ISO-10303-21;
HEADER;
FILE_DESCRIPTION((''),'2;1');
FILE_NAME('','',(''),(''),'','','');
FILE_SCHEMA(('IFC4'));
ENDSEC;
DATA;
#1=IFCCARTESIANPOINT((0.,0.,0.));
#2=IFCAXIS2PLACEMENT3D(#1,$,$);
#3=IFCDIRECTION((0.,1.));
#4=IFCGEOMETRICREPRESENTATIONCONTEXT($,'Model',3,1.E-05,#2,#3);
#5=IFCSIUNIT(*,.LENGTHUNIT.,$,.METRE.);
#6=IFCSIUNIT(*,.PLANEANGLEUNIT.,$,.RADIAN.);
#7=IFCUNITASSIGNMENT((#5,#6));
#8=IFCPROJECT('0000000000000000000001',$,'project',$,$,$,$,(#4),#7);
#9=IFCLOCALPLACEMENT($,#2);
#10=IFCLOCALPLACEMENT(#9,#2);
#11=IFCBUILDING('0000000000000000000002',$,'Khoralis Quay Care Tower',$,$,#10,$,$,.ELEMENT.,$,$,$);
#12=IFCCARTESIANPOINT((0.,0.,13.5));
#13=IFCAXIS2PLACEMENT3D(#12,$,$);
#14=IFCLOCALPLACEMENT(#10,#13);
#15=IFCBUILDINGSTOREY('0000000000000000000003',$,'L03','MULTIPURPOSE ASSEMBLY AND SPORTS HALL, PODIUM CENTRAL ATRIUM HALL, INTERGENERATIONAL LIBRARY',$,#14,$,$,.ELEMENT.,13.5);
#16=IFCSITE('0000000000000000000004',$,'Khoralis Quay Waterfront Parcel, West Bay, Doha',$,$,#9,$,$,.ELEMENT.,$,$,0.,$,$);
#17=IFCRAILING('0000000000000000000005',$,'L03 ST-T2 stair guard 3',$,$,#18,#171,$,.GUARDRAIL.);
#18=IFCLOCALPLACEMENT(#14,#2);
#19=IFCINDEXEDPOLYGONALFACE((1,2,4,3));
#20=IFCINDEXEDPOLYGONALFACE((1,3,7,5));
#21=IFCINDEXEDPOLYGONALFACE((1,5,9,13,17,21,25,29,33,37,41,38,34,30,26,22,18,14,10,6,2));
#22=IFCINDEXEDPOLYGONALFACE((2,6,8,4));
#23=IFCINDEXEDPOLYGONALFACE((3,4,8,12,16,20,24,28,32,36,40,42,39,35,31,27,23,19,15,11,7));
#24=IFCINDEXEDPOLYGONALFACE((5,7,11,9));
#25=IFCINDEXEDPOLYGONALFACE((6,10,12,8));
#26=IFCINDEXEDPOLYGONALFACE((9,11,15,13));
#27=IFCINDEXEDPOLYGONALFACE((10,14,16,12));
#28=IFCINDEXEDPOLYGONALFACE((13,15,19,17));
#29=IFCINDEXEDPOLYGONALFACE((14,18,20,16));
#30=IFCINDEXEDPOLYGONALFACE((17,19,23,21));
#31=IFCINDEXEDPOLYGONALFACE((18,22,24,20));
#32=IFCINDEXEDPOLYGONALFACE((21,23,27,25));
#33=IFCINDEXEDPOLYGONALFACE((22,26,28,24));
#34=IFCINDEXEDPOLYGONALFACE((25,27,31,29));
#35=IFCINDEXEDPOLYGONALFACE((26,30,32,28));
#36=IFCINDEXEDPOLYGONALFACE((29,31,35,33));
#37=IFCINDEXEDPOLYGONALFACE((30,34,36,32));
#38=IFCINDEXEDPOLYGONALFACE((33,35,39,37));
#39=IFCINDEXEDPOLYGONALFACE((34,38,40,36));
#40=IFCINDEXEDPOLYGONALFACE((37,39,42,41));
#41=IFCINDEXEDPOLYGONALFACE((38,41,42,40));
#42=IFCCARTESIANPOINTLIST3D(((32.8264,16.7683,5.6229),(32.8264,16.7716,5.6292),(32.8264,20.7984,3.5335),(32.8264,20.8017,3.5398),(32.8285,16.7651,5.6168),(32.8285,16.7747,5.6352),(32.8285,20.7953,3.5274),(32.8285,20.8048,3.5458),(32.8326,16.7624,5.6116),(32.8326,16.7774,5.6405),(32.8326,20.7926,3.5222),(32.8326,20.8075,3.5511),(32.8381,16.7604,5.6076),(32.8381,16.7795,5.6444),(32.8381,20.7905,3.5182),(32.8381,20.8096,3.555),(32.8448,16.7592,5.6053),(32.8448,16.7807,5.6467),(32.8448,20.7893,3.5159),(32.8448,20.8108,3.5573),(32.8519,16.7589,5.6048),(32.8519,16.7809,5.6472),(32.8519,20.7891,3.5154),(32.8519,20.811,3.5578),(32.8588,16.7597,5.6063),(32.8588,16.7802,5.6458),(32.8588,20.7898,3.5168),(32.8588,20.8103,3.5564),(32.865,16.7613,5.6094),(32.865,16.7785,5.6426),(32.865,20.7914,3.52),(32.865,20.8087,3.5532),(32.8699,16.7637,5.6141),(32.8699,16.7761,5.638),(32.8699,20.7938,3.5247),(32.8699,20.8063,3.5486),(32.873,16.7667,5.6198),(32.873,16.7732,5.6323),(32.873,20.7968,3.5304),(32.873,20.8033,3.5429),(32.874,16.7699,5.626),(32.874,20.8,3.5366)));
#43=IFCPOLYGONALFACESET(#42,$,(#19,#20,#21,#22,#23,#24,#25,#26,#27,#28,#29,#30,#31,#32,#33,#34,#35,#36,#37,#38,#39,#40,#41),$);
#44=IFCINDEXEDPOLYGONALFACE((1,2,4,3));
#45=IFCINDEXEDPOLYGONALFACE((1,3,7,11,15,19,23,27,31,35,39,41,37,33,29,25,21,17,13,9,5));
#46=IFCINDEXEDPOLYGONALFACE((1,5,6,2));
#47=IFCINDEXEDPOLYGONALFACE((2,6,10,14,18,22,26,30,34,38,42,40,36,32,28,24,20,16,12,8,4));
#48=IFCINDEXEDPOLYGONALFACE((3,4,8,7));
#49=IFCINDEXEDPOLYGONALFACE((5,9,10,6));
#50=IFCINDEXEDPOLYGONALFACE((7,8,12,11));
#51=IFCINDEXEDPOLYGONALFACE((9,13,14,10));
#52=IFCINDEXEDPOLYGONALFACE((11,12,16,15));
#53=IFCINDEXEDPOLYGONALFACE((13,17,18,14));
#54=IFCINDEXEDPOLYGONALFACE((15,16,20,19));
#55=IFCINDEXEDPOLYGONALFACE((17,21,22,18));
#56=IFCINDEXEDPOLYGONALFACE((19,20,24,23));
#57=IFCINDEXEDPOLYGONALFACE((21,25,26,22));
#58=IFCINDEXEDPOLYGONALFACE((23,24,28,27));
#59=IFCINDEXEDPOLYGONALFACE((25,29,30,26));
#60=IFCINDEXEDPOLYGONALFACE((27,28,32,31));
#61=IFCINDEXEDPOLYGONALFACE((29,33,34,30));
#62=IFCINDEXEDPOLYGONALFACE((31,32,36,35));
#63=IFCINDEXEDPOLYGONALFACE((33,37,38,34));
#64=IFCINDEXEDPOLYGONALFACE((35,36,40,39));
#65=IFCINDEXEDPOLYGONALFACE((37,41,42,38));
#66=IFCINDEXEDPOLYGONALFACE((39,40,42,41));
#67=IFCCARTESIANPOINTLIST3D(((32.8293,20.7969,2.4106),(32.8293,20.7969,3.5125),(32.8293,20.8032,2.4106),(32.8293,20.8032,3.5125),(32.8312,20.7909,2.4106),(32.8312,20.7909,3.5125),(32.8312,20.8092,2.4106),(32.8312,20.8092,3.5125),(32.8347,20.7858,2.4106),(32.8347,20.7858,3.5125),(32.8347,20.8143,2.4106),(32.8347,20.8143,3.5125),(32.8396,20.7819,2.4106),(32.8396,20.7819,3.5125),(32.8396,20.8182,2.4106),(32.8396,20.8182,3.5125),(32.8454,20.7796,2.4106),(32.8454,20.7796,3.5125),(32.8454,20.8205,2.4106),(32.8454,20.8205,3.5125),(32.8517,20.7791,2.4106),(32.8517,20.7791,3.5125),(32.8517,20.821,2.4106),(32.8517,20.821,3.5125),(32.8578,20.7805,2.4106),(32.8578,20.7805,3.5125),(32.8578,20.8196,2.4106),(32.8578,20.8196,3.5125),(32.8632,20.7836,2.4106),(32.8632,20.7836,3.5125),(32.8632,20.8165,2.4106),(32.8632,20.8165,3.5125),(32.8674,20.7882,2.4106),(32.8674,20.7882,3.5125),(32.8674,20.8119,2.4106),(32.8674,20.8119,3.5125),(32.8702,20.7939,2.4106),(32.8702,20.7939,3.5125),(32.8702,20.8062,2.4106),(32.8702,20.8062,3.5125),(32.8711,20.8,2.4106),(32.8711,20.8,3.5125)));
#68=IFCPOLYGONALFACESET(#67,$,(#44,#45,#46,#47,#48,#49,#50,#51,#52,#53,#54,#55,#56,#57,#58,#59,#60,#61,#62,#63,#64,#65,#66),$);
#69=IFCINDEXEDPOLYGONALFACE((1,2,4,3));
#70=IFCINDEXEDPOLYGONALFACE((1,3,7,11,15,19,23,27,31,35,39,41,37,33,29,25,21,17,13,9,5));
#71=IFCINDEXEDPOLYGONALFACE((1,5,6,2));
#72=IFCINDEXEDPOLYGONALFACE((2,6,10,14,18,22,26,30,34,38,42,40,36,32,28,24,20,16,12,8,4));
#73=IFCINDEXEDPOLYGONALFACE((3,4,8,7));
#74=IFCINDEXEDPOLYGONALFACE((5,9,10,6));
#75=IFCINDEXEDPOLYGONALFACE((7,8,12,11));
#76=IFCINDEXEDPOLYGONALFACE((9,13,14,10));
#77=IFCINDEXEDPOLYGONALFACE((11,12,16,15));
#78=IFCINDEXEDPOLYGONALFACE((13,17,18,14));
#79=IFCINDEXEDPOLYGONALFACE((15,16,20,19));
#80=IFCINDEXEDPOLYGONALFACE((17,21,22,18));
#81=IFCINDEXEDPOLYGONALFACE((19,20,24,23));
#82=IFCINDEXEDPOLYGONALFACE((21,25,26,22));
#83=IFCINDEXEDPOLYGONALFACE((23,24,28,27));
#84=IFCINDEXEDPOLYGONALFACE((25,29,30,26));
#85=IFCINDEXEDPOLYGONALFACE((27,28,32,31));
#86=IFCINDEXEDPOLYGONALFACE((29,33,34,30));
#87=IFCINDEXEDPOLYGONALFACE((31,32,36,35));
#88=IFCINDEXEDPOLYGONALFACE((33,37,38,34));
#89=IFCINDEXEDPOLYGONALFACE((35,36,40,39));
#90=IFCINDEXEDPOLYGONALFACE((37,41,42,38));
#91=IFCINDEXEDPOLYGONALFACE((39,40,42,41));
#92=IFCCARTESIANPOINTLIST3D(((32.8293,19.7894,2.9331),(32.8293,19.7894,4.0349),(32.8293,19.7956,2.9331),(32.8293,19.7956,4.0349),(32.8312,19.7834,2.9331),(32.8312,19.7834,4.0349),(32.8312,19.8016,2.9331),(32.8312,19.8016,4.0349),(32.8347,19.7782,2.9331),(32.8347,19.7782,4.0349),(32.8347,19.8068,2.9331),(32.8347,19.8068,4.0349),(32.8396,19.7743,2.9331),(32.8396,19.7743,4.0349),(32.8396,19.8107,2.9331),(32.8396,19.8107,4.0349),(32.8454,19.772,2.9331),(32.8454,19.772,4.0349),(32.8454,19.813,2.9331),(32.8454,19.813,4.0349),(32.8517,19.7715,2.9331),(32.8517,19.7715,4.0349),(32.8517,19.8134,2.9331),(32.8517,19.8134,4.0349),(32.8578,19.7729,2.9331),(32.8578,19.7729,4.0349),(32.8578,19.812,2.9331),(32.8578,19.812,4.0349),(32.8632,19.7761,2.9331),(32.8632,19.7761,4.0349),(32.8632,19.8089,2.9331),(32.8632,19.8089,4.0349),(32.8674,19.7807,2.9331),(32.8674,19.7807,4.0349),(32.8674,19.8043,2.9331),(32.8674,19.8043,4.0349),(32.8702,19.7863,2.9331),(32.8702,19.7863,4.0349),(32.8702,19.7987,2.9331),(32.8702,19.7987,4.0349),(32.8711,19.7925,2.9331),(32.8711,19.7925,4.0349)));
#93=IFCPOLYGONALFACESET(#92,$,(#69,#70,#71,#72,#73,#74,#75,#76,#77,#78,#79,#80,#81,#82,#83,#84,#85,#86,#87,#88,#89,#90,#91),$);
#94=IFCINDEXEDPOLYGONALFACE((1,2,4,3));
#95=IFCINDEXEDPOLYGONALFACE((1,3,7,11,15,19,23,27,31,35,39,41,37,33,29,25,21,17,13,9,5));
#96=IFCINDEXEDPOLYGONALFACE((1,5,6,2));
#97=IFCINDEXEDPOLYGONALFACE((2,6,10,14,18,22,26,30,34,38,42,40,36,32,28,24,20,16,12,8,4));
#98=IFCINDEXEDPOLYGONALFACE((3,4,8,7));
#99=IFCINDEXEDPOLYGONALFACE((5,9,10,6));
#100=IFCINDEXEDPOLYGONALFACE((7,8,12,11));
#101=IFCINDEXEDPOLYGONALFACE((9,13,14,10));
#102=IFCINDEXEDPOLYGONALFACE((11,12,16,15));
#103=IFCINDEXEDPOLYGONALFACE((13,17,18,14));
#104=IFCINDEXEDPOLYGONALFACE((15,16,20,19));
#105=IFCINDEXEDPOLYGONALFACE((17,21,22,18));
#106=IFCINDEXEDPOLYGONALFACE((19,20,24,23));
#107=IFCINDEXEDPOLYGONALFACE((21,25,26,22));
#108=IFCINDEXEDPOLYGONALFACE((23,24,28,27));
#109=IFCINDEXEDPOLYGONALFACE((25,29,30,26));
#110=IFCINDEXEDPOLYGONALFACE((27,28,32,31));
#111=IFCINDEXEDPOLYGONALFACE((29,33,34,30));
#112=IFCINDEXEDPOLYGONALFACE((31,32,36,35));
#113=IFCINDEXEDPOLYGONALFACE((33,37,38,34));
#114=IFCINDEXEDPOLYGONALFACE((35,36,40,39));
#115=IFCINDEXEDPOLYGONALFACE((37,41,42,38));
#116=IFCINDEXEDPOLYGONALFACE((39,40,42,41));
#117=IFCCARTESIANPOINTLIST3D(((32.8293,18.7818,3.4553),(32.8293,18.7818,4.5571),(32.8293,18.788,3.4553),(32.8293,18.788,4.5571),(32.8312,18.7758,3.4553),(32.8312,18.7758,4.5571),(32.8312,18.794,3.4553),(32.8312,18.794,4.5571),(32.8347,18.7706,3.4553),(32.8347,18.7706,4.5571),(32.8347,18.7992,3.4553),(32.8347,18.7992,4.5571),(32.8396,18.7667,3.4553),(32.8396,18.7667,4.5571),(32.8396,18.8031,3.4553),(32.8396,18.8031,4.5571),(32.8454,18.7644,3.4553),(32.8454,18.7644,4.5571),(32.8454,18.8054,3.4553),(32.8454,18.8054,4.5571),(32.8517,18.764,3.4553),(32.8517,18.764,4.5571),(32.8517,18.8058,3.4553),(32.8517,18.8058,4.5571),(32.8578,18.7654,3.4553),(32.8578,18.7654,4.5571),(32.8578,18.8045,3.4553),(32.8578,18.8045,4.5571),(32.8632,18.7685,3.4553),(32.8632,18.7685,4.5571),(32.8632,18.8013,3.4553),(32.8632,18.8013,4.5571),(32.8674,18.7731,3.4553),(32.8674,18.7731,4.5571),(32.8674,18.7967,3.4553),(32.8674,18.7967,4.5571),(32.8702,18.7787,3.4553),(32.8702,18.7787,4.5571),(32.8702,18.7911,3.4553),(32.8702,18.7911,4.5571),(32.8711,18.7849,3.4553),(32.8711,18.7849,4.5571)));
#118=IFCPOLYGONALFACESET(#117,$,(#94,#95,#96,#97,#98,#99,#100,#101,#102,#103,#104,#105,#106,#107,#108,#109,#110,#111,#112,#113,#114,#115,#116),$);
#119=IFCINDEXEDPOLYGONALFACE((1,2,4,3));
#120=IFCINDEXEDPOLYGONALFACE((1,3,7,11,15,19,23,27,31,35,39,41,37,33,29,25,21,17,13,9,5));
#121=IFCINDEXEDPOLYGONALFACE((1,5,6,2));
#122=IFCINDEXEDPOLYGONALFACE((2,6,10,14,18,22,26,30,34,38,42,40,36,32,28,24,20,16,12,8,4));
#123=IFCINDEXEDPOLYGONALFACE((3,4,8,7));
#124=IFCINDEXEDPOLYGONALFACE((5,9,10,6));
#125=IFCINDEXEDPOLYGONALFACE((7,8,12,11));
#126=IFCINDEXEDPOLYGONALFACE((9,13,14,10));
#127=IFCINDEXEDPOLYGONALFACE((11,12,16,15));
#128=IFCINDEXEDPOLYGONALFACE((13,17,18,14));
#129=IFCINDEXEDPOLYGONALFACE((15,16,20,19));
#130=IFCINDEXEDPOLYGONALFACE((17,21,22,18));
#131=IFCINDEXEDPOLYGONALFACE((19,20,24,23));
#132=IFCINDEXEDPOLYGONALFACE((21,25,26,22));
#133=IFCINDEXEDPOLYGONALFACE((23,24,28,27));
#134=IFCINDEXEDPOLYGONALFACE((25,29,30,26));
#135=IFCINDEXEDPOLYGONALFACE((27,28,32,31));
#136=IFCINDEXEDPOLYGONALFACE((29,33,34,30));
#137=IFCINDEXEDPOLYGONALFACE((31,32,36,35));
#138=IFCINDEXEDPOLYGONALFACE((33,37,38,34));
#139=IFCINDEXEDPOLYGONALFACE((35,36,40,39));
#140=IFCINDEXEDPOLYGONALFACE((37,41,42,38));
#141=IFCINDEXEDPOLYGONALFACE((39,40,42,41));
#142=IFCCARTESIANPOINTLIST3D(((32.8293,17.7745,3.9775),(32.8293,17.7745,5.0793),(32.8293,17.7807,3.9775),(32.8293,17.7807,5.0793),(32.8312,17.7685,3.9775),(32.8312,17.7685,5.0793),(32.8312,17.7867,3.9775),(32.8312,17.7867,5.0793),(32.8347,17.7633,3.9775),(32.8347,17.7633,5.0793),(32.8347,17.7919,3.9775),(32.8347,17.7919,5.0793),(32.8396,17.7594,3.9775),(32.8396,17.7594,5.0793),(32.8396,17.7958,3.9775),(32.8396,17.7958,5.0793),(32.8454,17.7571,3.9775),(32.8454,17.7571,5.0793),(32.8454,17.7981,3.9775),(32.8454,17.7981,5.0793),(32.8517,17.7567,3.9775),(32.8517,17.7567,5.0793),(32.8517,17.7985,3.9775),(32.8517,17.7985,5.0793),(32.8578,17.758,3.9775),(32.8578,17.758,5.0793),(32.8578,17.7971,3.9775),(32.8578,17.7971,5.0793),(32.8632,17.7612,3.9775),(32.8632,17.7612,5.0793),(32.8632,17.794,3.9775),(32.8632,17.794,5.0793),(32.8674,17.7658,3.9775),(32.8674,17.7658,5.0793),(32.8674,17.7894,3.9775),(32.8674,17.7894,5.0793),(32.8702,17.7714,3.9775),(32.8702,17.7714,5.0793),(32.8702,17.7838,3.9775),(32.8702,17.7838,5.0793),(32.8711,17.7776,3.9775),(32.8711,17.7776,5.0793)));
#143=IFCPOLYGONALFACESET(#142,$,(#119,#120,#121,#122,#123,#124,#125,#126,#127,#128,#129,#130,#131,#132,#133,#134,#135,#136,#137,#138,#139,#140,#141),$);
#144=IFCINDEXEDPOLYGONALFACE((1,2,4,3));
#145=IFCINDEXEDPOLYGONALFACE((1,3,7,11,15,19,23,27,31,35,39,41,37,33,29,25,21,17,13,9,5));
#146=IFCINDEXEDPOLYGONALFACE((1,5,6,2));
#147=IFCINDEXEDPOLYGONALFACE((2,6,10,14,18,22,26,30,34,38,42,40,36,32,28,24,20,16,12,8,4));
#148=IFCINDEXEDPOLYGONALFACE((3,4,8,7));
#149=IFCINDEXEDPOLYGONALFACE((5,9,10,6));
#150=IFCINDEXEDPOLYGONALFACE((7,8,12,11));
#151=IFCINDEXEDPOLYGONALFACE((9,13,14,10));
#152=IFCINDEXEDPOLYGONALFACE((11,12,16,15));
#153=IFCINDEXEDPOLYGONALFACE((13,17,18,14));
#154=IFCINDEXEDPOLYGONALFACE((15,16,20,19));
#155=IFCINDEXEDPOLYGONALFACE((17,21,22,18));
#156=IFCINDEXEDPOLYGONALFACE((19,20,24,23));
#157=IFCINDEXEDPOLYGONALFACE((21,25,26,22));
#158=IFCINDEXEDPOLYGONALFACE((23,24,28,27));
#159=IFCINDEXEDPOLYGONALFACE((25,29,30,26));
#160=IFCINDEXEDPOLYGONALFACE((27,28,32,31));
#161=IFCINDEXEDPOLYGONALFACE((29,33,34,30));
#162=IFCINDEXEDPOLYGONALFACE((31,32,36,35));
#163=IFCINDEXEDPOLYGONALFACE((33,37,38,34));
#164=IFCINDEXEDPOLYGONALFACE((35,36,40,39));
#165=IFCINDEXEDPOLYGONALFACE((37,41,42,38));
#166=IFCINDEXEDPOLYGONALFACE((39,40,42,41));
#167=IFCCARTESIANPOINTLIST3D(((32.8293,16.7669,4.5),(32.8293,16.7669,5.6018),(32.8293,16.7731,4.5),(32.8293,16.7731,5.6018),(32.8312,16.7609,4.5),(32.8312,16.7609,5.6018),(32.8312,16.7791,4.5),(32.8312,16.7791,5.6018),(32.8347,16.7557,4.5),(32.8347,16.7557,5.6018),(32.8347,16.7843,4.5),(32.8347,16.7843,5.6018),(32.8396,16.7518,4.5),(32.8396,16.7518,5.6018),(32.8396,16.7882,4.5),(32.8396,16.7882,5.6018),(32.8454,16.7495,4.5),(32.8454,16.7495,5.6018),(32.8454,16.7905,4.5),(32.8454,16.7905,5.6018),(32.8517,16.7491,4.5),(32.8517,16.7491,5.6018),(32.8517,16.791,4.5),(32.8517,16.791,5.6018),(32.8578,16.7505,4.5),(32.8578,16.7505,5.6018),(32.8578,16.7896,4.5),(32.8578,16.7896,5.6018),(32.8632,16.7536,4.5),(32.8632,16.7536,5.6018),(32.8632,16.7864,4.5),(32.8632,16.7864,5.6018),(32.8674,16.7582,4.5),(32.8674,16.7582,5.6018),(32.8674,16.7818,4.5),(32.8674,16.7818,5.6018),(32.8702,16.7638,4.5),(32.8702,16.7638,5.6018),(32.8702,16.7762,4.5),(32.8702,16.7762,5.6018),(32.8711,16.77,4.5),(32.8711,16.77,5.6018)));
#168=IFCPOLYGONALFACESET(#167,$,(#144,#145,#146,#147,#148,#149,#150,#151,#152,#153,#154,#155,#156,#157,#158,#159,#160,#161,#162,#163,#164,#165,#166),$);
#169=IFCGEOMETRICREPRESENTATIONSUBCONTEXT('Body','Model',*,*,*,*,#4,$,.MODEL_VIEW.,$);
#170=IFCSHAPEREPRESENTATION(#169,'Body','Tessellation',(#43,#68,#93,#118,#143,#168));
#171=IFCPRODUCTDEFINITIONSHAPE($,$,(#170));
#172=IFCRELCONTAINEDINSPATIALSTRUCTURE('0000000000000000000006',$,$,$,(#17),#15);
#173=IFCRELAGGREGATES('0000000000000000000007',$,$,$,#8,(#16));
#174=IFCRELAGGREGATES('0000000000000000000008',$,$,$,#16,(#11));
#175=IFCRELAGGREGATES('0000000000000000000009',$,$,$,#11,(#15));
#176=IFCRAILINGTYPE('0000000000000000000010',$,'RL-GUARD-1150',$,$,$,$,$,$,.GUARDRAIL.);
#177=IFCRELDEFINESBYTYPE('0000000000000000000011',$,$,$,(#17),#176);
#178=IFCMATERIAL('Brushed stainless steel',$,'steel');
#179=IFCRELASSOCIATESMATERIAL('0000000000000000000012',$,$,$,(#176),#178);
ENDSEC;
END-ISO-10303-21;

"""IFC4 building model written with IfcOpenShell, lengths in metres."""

from ifc_helpers import new_model, si_unit, direction, frame, origin, origin_2d, place, context, subcontext, project, spatial, circle, extrude, material, type_object, element, save


model = new_model("IFC4")

# Units and contexts
model_context = context("Model", 3, precision=1e-05, world=origin(), true_north=direction((0.0, 1.0)))
body_context = subcontext(model_context, "Body", "Model", "MODEL_VIEW")
ifc_project = project(units=[si_unit("LENGTHUNIT", "METRE"), si_unit("PLANEANGLEUNIT", "RADIAN")], contexts=[model_context])

# Site, building, storey
site_placement = place(None, origin())
site = spatial("IfcSite", under=ifc_project, at=site_placement, Name="Khoralis Quay Waterfront Parcel, West Bay, Doha", CompositionType="ELEMENT", RefElevation=0.0)
building_placement = place(site_placement, origin())
building = spatial("IfcBuilding", under=site, at=building_placement, Name="Khoralis Quay Care Tower", CompositionType="ELEMENT")
storey_placement = place(building_placement, frame((0.0, 0.0, 13.5)))
storey = spatial("IfcBuildingStorey", under=building, at=storey_placement, Name="L03", Description="MULTIPURPOSE ASSEMBLY AND SPORTS HALL, PODIUM CENTRAL ATRIUM HALL, INTERGENERATIONAL LIBRARY", CompositionType="ELEMENT", Elevation=13.5)

# Shared definitions
ifc_material_1 = material(Name="Brushed stainless steel", Category="steel")

# Railing
railing_type_1 = type_object("IfcRailingType", Name="RL-GUARD-1150", PredefinedType="GUARDRAIL", material=ifc_material_1)
railing_1_placement = place(storey_placement, frame((32.8501, 20.8, 2.4106)))
element("IfcRailing", 1, at=railing_1_placement, inside=storey, type_object=railing_type_1, Name="L03 ST-T2 stair guard 3", PredefinedType="GUARDRAIL", context=body_context, shape_type="SweptSolid", body=[
    extrude(circle(Radius=0.0239, at=origin_2d()), frame((0.0, 0.0, 1.126), z_axis=(0.0, -0.887781, 0.460267), x_axis=(1.0, 0.0, 0.0)), (0.0, 0.0, 1.0), 4.5396),
    extrude(circle(Radius=0.021, at=origin_2d()), origin(), (0.0, 0.0, 1.0), 1.1018),
    extrude(circle(Radius=0.021, at=origin_2d()), frame((0.0, -1.0076, 0.5225)), (0.0, 0.0, 1.0), 1.1018),
    extrude(circle(Radius=0.021, at=origin_2d()), frame((0.0, -2.0151, 1.0447)), (0.0, 0.0, 1.0), 1.1018),
    extrude(circle(Radius=0.021, at=origin_2d()), frame((0.0, -3.0225, 1.5669)), (0.0, 0.0, 1.0), 1.1018),
    extrude(circle(Radius=0.021, at=origin_2d()), frame((0.0, -4.03, 2.0894)), (0.0, 0.0, 1.0), 1.1018),
])

save(model, "model.ifc")
